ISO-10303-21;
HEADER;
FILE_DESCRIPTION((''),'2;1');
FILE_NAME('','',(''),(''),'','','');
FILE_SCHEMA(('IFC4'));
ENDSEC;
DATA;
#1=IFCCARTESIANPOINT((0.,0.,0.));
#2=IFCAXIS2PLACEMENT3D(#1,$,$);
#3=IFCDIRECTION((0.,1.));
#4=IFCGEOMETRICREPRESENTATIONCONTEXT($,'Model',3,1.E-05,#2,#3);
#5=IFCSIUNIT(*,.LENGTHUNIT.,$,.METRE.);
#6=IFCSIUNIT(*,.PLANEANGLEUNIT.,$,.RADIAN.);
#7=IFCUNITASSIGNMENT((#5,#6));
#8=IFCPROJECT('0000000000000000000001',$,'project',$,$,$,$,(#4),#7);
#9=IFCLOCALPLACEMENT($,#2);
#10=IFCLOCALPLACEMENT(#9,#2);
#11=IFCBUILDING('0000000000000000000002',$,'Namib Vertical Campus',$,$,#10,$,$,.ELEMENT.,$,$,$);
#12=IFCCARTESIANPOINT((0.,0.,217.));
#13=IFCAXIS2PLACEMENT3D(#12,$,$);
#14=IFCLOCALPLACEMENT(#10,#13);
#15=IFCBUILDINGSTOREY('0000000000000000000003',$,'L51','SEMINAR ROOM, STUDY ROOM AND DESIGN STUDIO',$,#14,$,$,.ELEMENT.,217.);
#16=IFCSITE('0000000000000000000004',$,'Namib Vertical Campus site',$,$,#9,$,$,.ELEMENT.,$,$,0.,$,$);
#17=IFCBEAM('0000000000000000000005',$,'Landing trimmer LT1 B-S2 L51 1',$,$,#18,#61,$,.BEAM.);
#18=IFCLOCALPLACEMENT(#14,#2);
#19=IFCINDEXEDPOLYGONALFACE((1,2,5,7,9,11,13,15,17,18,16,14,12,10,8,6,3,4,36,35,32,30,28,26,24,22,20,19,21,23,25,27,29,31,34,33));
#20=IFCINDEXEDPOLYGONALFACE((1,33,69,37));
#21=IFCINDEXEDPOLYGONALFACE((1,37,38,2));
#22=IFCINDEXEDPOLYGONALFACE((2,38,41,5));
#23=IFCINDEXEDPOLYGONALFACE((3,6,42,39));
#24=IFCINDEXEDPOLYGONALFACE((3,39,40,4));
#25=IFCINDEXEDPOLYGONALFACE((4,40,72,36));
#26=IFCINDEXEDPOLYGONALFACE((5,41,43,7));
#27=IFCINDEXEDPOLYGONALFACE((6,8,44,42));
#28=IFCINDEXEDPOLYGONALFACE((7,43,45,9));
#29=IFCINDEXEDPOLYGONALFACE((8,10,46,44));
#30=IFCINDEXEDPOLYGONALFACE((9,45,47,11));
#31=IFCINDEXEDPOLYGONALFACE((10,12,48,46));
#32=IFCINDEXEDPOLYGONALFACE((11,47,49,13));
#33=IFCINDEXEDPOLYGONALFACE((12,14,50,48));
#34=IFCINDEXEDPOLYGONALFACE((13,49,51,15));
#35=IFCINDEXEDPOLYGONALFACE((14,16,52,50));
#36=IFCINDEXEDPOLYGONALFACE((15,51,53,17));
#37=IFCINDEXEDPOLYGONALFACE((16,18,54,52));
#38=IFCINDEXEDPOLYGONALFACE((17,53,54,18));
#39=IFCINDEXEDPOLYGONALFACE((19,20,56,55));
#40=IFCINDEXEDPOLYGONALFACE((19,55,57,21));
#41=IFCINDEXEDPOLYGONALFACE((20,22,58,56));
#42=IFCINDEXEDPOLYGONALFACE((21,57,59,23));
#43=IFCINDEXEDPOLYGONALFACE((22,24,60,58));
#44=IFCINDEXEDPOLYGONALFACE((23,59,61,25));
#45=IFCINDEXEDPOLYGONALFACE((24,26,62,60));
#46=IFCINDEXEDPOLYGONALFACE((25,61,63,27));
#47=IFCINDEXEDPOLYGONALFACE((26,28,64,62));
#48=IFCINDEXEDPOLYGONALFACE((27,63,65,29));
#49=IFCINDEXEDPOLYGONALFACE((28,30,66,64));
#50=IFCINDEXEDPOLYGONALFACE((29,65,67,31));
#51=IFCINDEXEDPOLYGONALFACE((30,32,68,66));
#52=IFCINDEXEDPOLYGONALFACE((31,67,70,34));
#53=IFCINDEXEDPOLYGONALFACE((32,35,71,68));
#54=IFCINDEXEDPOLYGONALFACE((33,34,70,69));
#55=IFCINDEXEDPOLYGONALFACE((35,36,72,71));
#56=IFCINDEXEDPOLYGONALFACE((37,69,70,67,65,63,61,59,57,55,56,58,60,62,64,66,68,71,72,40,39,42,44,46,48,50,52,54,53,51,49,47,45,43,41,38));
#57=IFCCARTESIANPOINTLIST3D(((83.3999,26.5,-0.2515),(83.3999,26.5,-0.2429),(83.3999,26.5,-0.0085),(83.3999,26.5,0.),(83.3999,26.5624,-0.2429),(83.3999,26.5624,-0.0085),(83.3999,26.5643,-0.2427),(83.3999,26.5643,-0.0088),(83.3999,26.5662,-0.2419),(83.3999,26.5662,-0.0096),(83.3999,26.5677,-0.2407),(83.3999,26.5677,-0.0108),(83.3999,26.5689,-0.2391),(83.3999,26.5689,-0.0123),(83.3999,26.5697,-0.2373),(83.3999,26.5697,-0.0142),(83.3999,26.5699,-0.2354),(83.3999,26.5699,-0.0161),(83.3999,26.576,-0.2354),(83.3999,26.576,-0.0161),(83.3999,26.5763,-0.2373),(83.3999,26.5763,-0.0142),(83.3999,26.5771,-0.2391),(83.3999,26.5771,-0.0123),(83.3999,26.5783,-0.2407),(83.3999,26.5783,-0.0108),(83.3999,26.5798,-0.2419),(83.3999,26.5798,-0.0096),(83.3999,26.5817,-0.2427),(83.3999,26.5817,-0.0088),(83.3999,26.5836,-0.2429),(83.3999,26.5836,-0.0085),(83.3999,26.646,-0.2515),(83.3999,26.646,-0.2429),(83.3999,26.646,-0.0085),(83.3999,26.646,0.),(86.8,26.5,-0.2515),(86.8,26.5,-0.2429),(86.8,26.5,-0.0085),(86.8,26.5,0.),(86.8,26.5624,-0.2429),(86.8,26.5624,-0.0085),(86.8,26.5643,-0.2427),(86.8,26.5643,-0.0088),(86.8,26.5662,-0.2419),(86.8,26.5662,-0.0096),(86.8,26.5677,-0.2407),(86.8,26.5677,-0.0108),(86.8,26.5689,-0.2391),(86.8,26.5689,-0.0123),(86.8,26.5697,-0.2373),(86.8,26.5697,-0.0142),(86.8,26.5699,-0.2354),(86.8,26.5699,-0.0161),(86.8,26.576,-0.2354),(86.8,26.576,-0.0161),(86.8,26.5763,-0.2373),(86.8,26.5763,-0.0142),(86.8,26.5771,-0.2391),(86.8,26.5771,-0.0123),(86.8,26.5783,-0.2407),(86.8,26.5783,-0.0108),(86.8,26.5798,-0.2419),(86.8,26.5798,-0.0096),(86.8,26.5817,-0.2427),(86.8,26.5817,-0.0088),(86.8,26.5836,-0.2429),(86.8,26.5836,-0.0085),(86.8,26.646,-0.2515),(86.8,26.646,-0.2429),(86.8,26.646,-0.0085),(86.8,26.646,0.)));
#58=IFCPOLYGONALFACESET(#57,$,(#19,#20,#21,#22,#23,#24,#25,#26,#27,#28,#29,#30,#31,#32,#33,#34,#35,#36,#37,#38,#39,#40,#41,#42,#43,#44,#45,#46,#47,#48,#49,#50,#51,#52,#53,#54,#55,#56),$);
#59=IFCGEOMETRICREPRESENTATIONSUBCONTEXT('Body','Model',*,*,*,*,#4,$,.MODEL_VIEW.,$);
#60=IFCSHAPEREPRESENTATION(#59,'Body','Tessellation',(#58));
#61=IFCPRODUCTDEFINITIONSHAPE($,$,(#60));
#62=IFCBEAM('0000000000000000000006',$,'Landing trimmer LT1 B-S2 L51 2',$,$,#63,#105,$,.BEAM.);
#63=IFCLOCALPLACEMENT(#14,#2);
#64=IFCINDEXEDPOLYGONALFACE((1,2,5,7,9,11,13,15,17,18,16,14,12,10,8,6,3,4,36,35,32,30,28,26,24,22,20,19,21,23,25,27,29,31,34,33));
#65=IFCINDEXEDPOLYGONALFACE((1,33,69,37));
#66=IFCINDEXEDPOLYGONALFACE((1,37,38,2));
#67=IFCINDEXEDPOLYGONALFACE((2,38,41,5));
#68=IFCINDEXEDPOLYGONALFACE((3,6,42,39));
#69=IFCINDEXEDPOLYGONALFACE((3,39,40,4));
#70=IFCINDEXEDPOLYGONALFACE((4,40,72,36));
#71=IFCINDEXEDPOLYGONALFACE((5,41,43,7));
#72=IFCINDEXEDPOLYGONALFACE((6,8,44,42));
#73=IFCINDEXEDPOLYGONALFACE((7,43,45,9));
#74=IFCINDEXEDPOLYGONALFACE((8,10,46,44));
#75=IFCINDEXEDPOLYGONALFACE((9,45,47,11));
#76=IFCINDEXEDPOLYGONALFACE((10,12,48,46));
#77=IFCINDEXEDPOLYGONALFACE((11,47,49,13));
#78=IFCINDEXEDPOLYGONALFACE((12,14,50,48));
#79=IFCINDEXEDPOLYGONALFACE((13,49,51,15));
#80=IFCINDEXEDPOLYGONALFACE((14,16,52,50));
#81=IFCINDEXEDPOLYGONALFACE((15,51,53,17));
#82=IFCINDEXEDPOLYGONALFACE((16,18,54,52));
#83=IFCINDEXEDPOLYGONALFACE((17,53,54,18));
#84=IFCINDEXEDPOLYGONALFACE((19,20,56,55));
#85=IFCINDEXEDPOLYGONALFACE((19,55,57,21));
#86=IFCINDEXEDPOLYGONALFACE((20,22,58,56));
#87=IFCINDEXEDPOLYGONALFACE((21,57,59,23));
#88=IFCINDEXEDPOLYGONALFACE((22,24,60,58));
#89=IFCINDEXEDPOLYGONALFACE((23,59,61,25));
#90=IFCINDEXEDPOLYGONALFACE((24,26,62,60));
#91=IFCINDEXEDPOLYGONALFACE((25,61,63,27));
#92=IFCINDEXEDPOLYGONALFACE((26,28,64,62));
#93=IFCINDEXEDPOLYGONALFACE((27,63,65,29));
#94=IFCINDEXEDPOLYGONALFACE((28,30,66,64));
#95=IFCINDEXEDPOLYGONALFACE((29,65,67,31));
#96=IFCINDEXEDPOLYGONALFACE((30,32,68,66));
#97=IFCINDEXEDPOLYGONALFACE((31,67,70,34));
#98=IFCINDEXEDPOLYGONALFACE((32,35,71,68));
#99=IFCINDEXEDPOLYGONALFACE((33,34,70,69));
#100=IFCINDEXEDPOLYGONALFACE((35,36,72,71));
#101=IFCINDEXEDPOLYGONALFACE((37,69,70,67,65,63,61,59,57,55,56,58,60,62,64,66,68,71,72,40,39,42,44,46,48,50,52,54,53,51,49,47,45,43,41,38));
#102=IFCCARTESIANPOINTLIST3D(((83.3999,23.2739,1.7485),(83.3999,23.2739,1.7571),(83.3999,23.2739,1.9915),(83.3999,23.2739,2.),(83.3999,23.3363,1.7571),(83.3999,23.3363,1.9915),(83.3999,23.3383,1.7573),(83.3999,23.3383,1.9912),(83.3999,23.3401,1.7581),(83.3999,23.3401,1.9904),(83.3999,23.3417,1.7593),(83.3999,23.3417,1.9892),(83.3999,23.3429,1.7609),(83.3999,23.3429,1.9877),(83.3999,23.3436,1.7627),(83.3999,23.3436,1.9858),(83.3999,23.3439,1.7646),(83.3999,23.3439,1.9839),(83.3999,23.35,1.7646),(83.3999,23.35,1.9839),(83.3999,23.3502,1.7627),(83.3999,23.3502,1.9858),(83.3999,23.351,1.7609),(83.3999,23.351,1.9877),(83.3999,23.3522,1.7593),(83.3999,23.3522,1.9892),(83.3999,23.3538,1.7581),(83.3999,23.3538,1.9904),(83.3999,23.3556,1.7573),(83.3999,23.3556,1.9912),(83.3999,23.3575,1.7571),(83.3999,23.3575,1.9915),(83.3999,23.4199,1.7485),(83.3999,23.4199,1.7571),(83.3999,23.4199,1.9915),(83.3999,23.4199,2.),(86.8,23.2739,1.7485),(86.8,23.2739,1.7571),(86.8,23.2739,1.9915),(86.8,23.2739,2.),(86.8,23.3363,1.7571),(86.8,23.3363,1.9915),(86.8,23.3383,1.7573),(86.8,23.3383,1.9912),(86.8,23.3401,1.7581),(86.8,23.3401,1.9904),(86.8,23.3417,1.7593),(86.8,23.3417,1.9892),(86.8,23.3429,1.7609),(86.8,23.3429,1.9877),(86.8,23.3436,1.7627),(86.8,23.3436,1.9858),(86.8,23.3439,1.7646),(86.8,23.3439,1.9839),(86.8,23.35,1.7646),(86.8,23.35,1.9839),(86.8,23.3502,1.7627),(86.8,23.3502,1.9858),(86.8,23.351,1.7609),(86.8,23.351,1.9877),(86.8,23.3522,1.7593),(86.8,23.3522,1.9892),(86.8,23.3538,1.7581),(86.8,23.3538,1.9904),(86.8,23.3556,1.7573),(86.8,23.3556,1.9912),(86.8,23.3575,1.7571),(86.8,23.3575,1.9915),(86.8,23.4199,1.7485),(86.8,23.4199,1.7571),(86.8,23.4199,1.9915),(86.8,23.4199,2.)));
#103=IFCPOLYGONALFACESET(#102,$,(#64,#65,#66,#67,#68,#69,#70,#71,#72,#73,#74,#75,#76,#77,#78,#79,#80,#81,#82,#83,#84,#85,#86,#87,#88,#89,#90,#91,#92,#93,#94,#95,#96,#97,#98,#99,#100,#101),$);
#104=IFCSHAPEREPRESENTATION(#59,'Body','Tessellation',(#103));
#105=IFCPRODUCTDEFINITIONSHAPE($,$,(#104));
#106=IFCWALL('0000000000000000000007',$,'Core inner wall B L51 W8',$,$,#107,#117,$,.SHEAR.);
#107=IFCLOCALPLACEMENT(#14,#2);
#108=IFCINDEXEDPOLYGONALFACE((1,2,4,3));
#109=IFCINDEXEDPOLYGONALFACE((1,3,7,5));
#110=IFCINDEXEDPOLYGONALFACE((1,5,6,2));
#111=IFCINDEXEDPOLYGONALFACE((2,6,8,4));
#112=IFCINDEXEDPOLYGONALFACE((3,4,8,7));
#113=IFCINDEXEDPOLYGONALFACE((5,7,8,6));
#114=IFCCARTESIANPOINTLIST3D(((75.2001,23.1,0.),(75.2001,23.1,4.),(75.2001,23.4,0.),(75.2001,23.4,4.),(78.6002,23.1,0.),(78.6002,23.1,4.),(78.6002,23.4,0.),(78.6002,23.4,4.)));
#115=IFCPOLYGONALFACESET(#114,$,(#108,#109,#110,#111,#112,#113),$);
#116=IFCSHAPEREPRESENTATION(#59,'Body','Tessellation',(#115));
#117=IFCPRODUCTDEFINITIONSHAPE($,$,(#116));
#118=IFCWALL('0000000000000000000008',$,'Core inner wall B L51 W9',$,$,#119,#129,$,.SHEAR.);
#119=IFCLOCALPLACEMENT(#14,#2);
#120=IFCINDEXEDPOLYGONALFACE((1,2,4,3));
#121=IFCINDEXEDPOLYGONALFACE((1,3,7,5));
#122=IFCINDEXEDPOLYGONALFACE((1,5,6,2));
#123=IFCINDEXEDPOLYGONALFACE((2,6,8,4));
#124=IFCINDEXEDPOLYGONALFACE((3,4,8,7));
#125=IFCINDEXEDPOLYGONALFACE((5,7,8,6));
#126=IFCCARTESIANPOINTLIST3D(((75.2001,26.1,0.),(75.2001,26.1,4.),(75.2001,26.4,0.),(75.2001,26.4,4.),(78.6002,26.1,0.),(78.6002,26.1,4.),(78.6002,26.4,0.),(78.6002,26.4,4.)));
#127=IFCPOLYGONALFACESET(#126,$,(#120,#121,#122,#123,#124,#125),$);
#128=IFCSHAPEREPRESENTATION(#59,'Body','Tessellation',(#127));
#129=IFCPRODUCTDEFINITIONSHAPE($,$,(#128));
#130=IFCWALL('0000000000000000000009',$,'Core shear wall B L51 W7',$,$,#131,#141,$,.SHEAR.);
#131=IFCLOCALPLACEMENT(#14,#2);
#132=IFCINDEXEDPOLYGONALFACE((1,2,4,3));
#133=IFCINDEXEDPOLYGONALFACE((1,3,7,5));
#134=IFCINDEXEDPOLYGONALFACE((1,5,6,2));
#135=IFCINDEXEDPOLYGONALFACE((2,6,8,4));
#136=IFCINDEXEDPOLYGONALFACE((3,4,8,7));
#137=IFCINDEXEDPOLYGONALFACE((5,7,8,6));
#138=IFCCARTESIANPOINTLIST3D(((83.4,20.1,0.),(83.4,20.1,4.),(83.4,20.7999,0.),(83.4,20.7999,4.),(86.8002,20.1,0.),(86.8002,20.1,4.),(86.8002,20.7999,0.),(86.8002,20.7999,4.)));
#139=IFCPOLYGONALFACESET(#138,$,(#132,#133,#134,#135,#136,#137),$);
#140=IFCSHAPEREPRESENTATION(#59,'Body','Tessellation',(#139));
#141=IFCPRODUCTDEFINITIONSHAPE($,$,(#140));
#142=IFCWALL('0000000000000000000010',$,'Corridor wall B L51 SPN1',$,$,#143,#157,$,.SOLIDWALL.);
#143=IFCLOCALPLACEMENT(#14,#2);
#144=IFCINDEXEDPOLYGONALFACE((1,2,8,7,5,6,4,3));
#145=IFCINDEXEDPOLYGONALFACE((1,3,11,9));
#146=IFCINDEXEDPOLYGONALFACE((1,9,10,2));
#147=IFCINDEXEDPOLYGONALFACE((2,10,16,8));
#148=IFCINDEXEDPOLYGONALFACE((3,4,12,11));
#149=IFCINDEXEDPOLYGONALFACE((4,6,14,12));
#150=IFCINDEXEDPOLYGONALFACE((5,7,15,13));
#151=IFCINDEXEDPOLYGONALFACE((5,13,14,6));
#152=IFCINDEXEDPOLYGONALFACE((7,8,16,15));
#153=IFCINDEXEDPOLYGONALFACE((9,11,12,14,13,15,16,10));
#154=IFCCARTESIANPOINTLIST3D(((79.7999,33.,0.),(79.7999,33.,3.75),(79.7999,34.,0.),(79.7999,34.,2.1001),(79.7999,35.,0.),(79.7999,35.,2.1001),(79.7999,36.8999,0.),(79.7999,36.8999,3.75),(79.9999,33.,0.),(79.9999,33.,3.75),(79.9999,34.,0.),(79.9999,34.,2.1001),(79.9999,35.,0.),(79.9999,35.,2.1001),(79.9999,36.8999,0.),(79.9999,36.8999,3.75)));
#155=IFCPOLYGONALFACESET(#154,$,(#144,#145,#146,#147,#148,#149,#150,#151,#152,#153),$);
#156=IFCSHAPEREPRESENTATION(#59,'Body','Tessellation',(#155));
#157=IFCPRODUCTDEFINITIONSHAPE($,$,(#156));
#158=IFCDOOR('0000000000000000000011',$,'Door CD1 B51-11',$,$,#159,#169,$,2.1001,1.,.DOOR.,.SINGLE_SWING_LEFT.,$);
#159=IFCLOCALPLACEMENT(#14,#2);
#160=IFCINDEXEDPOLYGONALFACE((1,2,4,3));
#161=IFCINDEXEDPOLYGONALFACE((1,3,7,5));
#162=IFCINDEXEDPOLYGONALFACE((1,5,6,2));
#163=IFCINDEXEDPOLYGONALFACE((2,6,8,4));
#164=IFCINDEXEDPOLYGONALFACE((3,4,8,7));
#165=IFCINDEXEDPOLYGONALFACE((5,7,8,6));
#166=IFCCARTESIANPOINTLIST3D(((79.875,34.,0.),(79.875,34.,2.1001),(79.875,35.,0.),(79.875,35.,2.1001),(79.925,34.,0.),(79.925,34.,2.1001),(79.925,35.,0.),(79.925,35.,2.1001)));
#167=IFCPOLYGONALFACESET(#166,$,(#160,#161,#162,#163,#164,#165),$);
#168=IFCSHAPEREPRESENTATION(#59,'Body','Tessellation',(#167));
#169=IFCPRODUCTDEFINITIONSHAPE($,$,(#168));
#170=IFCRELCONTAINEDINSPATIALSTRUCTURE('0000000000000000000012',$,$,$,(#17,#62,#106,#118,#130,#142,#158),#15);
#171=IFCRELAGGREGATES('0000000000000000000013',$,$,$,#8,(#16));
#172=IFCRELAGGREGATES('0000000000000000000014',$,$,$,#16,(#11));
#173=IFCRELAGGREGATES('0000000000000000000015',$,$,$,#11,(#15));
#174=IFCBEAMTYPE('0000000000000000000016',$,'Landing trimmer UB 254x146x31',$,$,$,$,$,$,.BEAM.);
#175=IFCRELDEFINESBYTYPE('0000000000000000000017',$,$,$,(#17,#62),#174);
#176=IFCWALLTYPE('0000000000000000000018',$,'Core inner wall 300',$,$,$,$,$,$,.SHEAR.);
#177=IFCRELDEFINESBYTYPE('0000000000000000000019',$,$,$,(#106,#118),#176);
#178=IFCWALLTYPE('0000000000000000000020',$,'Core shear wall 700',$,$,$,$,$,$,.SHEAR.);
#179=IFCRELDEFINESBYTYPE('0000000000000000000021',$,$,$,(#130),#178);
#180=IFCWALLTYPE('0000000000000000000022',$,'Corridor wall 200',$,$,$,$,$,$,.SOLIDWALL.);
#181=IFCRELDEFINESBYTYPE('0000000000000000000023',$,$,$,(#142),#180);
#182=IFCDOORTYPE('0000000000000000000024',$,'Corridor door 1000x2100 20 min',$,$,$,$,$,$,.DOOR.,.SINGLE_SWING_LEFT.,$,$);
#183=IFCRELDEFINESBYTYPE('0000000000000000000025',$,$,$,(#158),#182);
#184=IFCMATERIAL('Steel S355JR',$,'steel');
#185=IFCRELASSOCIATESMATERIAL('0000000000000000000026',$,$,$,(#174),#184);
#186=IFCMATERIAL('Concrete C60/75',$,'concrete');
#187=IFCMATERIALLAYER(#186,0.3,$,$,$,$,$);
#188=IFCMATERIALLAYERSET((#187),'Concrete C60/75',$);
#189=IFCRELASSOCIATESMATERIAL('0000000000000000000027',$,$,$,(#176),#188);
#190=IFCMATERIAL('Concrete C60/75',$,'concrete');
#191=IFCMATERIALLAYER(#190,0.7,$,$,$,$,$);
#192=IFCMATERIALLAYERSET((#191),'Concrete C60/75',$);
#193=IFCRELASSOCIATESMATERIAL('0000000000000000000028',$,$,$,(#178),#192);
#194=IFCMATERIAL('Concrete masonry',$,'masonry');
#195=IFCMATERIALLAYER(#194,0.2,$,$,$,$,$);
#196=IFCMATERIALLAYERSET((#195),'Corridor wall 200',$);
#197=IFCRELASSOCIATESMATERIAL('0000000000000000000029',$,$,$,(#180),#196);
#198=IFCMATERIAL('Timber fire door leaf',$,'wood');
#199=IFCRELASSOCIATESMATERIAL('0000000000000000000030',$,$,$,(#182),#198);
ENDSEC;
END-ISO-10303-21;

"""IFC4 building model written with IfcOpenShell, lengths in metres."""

from ifc_helpers import new_model, si_unit, direction, frame, frame_2d, origin, origin_2d, place, context, subcontext, project, spatial, rectangle, i_section, extrude, material, layer, layer_set, material_profile, profile_set, type_object, element, fill, save


model = new_model("IFC4")

# Units and contexts
model_context = context("Model", 3, precision=1e-05, world=origin(), true_north=direction((0.0, 1.0)))
body_context = subcontext(model_context, "Body", "Model", "MODEL_VIEW")
ifc_project = project(units=[si_unit("LENGTHUNIT", "METRE"), si_unit("PLANEANGLEUNIT", "RADIAN")], contexts=[model_context])

# Site, building, storey
site_placement = place(None, origin())
site = spatial("IfcSite", under=ifc_project, at=site_placement, Name="Namib Vertical Campus site", CompositionType="ELEMENT", RefElevation=0.0)
building_placement = place(site_placement, origin())
building = spatial("IfcBuilding", under=site, at=building_placement, Name="Namib Vertical Campus", CompositionType="ELEMENT")
storey_placement = place(building_placement, frame((0.0, 0.0, 217.0)))
storey = spatial("IfcBuildingStorey", under=building, at=storey_placement, Name="L51", Description="SEMINAR ROOM, STUDY ROOM AND DESIGN STUDIO", CompositionType="ELEMENT", Elevation=217.0)

# Beams
ifc_material_1 = material(Name="Steel S355JR", Category="steel")
ifc_material_profile = material_profile(ifc_material_1, i_section(OverallWidth=0.146, OverallDepth=0.2515, WebThickness=0.0061, FlangeThickness=0.0085, FilletRadius=0.0076, at=origin_2d()))
ifc_profile_set = profile_set([ifc_material_profile], Name="Steel S355JR")
beam_type = type_object("IfcBeamType", Name="Landing trimmer UB 254x146x31", PredefinedType="BEAM", material=ifc_profile_set)
for number, where, z_axis, x_axis, name in (
    (1, (83.3999, 26.573, -0.1257), (1.0, 0.0, 0.0), (0.0, 1.0, 0.0), "Landing trimmer LT1 B-S2 L51 1"),
    (2, (83.3999, 23.3469, 1.8743), (1.0, 0.0, 0.0), (0.0, 1.0, 0.0), "Landing trimmer LT1 B-S2 L51 2"),
):
    element("IfcBeam", number, at=place(storey_placement, frame(where, z_axis=z_axis, x_axis=x_axis)), inside=storey, type_object=beam_type, Name=name, PredefinedType="BEAM", context=body_context, shape_type="SweptSolid", body=[
        extrude(i_section(OverallWidth=0.146, OverallDepth=0.2515, WebThickness=0.0061, FlangeThickness=0.0085, FilletRadius=0.0076, at=origin_2d()), origin(), (0.0, 0.0, 1.0), 3.4001),
    ])

# Walls
ifc_material_2 = material(Name="Concrete C60/75", Category="concrete")
ifc_layer_1 = layer(ifc_material_2, 0.3)
ifc_layer_set_1 = layer_set([ifc_layer_1], Name="Concrete C60/75")
wall_type_1 = type_object("IfcWallType", Name="Core inner wall 300", PredefinedType="SHEAR", material=ifc_layer_set_1)
for number, where, z_axis, x_axis, name in (
    (3, (75.2, 23.25, 0.0), (0.0, 0.0, 1.0), (1.0, 0.0, 0.0), "Core inner wall B L51 W8"),
    (4, (75.2, 26.25, 0.0), (0.0, 0.0, 1.0), (1.0, 0.0, 0.0), "Core inner wall B L51 W9"),
):
    element("IfcWall", number, at=place(storey_placement, frame(where, z_axis=z_axis, x_axis=x_axis)), inside=storey, type_object=wall_type_1, Name=name, PredefinedType="SHEAR", context=body_context, shape_type="SweptSolid", body=[
        extrude(rectangle(XDim=3.4001, YDim=0.3, at=frame_2d((1.7002, 0.0))), origin(), (0.0, 0.0, 1.0), 4.0),
    ])
ifc_material_3 = material(Name="Concrete C60/75", Category="concrete")
ifc_layer_2 = layer(ifc_material_3, 0.7)
ifc_layer_set_2 = layer_set([ifc_layer_2], Name="Concrete C60/75")
wall_type_2 = type_object("IfcWallType", Name="Core shear wall 700", PredefinedType="SHEAR", material=ifc_layer_set_2)
wall_1_placement = place(storey_placement, frame((83.3999, 20.45, 0.0), z_axis=(0.0, 0.0, 1.0), x_axis=(1.0, 0.0, 0.0)))
element("IfcWall", 5, at=wall_1_placement, inside=storey, type_object=wall_type_2, Name="Core shear wall B L51 W7", PredefinedType="SHEAR", context=body_context, shape_type="SweptSolid", body=[
    extrude(rectangle(XDim=3.4001, YDim=0.7, at=frame_2d((1.7002, 0.0))), origin(), (0.0, 0.0, 1.0), 4.0),
])

# Wall, opening, door
ifc_material_4 = material(Name="Concrete masonry", Category="masonry")
ifc_layer_3 = layer(ifc_material_4, 0.2)
ifc_layer_set_3 = layer_set([ifc_layer_3], Name="Corridor wall 200")
wall_type_3 = type_object("IfcWallType", Name="Corridor wall 200", PredefinedType="SOLIDWALL", material=ifc_layer_set_3)
wall_2_placement = place(storey_placement, frame((79.8999, 33.0, 0.0), z_axis=(0.0, 0.0, 1.0), x_axis=(0.0, 1.0, 0.0)))
wall_2 = element("IfcWall", 6, at=wall_2_placement, inside=storey, type_object=wall_type_3, Name="Corridor wall B L51 SPN1", PredefinedType="SOLIDWALL", context=body_context, shape_type="SweptSolid", body=[
    extrude(rectangle(XDim=3.8999, YDim=0.2, at=frame_2d((1.95, 0.0))), origin(), (0.0, 0.0, 1.0), 3.75),
])
opening_1_placement = place(wall_2_placement, frame((1.0, 0.0, 0.0)))
opening_1 = element("IfcOpeningElement", 7, at=opening_1_placement, cuts=wall_2, PredefinedType="OPENING", context=body_context, shape_type="SweptSolid", body=[
    extrude(rectangle(XDim=1.0, YDim=2.1001, at=frame_2d((0.5, 1.05))), frame((0.0, 0.1099, 0.0), z_axis=(0.0, -1.0, 0.0), x_axis=(1.0, 0.0, 0.0)), (0.0, 0.0, 1.0), 0.22),
])
ifc_material_5 = material(Name="Timber fire door leaf", Category="wood")
door_type_1 = type_object("IfcDoorType", Name="Corridor door 1000x2100 20 min", OperationType="SINGLE_SWING_LEFT", PredefinedType="DOOR", material=ifc_material_5)
door_1_placement = place(opening_1_placement, origin())
door_1 = element("IfcDoor", 8, at=door_1_placement, inside=storey, type_object=door_type_1, Name="Door CD1 B51-11", OperationType="SINGLE_SWING_LEFT", OverallHeight=2.1001, OverallWidth=1.0, PredefinedType="DOOR", context=body_context, shape_type="SweptSolid", body=[
    extrude(rectangle(XDim=1.0, YDim=2.1001, at=frame_2d((0.5, 1.05))), frame((0.0, 0.0249, 0.0), z_axis=(0.0, -1.0, 0.0), x_axis=(1.0, 0.0, 0.0)), (0.0, 0.0, 1.0), 0.05),
])
fill(opening_1, door_1)

save(model, "model.ifc")
